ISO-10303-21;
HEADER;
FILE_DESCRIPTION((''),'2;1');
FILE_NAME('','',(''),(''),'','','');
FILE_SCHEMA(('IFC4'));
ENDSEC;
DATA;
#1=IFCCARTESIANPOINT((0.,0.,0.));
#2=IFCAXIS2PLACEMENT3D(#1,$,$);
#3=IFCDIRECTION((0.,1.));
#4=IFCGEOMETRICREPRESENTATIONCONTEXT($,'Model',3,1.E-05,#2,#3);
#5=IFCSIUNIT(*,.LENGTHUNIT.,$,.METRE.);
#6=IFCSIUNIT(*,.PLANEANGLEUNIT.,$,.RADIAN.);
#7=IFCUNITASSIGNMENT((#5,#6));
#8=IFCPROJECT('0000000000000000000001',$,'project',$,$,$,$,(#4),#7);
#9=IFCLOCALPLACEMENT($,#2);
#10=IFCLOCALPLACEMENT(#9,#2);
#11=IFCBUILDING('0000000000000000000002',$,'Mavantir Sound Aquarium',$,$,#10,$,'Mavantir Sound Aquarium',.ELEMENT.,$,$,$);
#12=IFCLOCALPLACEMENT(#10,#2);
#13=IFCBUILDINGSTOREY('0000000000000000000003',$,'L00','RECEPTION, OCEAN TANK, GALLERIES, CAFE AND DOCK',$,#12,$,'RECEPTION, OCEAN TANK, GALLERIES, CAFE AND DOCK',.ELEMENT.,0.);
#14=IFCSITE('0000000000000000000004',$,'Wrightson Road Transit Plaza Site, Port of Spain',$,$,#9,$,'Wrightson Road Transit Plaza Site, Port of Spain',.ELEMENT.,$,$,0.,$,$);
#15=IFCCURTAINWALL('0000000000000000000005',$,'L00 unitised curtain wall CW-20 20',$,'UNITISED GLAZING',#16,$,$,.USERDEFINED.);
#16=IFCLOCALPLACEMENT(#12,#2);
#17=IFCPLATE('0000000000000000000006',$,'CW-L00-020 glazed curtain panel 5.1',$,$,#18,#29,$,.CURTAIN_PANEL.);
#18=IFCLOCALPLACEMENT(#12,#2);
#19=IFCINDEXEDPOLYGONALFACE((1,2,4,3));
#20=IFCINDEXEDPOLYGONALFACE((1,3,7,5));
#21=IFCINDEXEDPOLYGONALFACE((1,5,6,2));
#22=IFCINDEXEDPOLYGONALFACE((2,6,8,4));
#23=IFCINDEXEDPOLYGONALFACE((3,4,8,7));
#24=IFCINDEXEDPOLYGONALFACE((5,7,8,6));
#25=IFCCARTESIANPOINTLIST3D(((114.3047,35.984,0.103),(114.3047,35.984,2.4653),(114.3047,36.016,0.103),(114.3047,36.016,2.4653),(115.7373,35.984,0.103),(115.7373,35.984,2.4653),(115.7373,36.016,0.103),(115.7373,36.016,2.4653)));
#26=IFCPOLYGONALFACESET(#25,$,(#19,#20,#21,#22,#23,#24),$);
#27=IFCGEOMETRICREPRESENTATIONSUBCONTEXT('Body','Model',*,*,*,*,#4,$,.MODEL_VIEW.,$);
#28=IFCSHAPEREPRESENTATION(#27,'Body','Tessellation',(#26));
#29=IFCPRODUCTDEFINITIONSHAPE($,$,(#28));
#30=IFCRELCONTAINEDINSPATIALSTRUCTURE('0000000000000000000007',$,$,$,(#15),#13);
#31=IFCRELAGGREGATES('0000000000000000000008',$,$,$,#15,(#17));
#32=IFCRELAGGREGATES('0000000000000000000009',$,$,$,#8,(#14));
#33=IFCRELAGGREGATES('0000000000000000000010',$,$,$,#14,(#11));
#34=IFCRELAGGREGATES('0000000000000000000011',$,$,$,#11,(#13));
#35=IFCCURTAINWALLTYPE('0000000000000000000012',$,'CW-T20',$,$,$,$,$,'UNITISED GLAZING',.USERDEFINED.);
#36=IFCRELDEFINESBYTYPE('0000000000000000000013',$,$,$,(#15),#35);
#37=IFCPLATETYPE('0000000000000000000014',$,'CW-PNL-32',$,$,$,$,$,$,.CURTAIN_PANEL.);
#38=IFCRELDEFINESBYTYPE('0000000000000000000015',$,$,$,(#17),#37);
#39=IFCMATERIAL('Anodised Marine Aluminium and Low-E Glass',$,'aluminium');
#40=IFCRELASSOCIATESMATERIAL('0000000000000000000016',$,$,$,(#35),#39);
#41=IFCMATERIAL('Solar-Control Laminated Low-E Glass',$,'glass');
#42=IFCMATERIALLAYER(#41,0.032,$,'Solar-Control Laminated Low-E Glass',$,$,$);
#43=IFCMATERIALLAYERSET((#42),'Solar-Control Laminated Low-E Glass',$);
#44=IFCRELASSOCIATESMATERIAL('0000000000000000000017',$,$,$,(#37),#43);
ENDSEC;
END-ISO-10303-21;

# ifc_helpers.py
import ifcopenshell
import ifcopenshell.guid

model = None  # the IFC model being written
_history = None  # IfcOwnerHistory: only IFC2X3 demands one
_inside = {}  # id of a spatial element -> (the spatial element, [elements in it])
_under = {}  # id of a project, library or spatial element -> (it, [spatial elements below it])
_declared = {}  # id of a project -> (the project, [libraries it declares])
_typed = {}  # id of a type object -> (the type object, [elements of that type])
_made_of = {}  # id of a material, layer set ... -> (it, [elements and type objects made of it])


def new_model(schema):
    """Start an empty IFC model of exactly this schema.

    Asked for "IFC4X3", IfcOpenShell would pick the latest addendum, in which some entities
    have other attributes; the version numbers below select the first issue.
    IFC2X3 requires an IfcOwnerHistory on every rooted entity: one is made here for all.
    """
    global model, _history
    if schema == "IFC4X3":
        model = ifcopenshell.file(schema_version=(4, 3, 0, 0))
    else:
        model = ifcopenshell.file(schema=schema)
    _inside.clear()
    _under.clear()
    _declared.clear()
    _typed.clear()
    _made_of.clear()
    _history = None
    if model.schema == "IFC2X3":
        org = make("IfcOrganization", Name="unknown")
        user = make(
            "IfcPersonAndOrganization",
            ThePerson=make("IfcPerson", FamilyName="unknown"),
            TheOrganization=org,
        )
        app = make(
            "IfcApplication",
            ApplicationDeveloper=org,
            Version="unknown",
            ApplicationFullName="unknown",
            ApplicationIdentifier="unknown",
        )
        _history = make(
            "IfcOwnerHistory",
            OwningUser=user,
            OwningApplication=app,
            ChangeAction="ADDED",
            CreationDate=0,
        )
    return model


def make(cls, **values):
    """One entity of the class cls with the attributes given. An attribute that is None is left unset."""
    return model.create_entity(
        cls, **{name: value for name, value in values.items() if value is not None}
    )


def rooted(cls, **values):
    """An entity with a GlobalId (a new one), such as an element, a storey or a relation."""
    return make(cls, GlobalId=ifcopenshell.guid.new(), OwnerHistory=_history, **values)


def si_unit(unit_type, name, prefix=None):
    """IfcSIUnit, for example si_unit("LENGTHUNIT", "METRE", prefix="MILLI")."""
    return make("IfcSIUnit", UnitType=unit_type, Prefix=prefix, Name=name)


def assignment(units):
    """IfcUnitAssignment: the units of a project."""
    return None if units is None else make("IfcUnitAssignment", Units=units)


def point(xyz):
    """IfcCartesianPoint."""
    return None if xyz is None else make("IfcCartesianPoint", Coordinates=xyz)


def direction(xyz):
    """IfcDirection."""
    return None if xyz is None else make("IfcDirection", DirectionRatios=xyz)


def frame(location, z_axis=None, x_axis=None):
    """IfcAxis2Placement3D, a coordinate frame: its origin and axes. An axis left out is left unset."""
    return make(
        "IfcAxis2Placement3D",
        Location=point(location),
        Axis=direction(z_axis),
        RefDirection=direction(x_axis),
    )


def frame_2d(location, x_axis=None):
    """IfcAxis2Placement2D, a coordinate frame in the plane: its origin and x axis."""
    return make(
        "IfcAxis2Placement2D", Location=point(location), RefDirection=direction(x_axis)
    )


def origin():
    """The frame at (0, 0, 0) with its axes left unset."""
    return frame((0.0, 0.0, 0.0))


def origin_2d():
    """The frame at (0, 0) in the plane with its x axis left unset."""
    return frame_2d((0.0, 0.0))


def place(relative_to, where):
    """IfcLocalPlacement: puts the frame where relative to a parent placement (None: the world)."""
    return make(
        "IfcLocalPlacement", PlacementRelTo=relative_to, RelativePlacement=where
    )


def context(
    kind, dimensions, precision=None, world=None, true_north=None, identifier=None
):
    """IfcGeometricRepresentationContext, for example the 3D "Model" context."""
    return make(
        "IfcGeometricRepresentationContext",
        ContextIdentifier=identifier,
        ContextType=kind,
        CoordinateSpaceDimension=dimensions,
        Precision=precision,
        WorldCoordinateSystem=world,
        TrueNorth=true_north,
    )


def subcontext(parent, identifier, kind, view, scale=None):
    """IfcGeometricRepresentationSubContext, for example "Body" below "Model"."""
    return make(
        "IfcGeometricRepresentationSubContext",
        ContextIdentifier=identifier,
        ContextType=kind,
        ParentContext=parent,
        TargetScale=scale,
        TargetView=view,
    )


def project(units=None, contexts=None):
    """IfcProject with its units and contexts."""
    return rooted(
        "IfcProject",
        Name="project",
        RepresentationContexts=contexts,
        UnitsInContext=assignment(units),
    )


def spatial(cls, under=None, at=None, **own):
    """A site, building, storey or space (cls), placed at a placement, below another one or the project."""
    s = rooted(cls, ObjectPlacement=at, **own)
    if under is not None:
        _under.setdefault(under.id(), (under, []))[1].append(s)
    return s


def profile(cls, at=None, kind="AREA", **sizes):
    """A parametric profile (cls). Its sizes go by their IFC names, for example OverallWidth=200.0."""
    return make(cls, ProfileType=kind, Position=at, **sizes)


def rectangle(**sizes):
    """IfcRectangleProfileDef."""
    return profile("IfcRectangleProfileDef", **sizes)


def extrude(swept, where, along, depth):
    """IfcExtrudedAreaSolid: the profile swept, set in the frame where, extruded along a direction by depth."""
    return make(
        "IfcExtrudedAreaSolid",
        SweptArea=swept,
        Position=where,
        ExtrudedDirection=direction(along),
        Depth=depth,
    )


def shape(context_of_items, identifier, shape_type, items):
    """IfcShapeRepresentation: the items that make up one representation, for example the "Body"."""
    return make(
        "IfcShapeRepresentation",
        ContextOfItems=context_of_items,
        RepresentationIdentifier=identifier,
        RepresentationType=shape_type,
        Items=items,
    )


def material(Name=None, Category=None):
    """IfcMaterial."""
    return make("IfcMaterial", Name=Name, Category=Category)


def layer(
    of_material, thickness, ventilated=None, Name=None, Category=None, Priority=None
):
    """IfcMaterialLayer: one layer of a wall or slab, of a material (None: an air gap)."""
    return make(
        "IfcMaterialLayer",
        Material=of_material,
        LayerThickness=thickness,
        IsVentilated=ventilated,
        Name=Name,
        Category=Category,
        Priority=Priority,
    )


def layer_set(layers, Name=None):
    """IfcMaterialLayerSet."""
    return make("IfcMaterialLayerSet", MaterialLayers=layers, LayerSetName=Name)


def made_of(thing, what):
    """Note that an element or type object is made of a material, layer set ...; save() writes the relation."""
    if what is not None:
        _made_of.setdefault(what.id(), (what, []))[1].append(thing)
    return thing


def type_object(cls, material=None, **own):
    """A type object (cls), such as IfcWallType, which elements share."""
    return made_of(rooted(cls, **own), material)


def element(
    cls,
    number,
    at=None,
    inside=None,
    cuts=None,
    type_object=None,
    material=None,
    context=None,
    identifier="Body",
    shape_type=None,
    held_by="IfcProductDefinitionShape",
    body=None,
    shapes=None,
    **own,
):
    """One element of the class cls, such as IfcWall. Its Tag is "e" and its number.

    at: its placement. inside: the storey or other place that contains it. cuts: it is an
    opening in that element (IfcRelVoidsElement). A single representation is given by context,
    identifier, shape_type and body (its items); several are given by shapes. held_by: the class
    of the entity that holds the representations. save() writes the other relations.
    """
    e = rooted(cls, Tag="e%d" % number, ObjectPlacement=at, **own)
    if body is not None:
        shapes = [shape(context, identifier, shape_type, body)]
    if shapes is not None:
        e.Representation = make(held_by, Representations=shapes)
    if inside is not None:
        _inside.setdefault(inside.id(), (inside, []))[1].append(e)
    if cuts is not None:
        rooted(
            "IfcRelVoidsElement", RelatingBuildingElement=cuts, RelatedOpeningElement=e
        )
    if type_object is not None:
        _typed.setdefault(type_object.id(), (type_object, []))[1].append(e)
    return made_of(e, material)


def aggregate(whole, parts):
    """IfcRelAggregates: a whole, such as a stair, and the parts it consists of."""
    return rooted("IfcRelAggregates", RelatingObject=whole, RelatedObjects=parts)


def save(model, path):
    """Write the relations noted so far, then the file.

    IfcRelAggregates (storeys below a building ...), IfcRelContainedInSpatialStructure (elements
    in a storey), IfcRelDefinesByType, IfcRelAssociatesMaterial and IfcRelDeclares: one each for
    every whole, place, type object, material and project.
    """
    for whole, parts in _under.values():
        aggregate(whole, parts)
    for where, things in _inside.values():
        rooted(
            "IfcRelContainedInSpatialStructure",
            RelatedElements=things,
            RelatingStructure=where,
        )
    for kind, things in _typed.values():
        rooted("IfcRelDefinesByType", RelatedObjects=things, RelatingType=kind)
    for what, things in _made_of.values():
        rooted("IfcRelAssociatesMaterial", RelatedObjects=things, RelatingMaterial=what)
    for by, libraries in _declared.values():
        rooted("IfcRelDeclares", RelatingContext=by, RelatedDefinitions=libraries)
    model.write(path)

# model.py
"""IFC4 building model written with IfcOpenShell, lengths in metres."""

from ifc_helpers import new_model, si_unit, direction, frame, origin, origin_2d, place, context, subcontext, project, spatial, rectangle, extrude, material, layer, layer_set, type_object, element, aggregate, save


model = new_model("IFC4")

# Units and contexts
model_context = context("Model", 3, precision=1e-05, world=origin(), true_north=direction((0.0, 1.0)))
body_context = subcontext(model_context, "Body", "Model", "MODEL_VIEW")
ifc_project = project(units=[si_unit("LENGTHUNIT", "METRE"), si_unit("PLANEANGLEUNIT", "RADIAN")], contexts=[model_context])

# Site, building, storey
site_placement = place(None, origin())
site = spatial("IfcSite", under=ifc_project, at=site_placement, Name="Wrightson Road Transit Plaza Site, Port of Spain", LongName="Wrightson Road Transit Plaza Site, Port of Spain", CompositionType="ELEMENT", RefElevation=0.0)
building_placement = place(site_placement, origin())
building = spatial("IfcBuilding", under=site, at=building_placement, Name="Mavantir Sound Aquarium", LongName="Mavantir Sound Aquarium", CompositionType="ELEMENT")
storey_placement = place(building_placement, origin())
storey = spatial("IfcBuildingStorey", under=building, at=storey_placement, Name="L00", Description="RECEPTION, OCEAN TANK, GALLERIES, CAFE AND DOCK", LongName="RECEPTION, OCEAN TANK, GALLERIES, CAFE AND DOCK", CompositionType="ELEMENT", Elevation=0.0)

# Curtain wall, plate
ifc_material_1 = material(Name="Anodised Marine Aluminium and Low-E Glass", Category="aluminium")
curtain_wall_type = type_object("IfcCurtainWallType", Name="CW-T20", ElementType="UNITISED GLAZING", PredefinedType="USERDEFINED", material=ifc_material_1)
curtain_wall_placement = place(storey_placement, origin())
curtain_wall = element("IfcCurtainWall", 1, at=curtain_wall_placement, inside=storey, type_object=curtain_wall_type, Name="L00 unitised curtain wall CW-20 20", ObjectType="UNITISED GLAZING", PredefinedType="USERDEFINED")
ifc_material_2 = material(Name="Solar-Control Laminated Low-E Glass", Category="glass")
ifc_layer = layer(ifc_material_2, 0.032, Name="Solar-Control Laminated Low-E Glass")
ifc_layer_set = layer_set([ifc_layer], Name="Solar-Control Laminated Low-E Glass")
plate_type = type_object("IfcPlateType", Name="CW-PNL-32", PredefinedType="CURTAIN_PANEL", material=ifc_layer_set)
plate_1_placement = place(storey_placement, frame((115.021, 36.0, 0.103), z_axis=(0.0, 0.0, 1.0), x_axis=(1.0, 0.0, 0.0)))
plate_1 = element("IfcPlate", 2, at=plate_1_placement, type_object=plate_type, Name="CW-L00-020 glazed curtain panel 5.1", PredefinedType="CURTAIN_PANEL", context=body_context, shape_type="SweptSolid", body=[
    extrude(rectangle(XDim=1.4326, YDim=0.032, at=origin_2d()), origin(), (0.0, 0.0, 1.0), 2.3623),
])
aggregate(curtain_wall, [plate_1])

save(model, "model.ifc")
